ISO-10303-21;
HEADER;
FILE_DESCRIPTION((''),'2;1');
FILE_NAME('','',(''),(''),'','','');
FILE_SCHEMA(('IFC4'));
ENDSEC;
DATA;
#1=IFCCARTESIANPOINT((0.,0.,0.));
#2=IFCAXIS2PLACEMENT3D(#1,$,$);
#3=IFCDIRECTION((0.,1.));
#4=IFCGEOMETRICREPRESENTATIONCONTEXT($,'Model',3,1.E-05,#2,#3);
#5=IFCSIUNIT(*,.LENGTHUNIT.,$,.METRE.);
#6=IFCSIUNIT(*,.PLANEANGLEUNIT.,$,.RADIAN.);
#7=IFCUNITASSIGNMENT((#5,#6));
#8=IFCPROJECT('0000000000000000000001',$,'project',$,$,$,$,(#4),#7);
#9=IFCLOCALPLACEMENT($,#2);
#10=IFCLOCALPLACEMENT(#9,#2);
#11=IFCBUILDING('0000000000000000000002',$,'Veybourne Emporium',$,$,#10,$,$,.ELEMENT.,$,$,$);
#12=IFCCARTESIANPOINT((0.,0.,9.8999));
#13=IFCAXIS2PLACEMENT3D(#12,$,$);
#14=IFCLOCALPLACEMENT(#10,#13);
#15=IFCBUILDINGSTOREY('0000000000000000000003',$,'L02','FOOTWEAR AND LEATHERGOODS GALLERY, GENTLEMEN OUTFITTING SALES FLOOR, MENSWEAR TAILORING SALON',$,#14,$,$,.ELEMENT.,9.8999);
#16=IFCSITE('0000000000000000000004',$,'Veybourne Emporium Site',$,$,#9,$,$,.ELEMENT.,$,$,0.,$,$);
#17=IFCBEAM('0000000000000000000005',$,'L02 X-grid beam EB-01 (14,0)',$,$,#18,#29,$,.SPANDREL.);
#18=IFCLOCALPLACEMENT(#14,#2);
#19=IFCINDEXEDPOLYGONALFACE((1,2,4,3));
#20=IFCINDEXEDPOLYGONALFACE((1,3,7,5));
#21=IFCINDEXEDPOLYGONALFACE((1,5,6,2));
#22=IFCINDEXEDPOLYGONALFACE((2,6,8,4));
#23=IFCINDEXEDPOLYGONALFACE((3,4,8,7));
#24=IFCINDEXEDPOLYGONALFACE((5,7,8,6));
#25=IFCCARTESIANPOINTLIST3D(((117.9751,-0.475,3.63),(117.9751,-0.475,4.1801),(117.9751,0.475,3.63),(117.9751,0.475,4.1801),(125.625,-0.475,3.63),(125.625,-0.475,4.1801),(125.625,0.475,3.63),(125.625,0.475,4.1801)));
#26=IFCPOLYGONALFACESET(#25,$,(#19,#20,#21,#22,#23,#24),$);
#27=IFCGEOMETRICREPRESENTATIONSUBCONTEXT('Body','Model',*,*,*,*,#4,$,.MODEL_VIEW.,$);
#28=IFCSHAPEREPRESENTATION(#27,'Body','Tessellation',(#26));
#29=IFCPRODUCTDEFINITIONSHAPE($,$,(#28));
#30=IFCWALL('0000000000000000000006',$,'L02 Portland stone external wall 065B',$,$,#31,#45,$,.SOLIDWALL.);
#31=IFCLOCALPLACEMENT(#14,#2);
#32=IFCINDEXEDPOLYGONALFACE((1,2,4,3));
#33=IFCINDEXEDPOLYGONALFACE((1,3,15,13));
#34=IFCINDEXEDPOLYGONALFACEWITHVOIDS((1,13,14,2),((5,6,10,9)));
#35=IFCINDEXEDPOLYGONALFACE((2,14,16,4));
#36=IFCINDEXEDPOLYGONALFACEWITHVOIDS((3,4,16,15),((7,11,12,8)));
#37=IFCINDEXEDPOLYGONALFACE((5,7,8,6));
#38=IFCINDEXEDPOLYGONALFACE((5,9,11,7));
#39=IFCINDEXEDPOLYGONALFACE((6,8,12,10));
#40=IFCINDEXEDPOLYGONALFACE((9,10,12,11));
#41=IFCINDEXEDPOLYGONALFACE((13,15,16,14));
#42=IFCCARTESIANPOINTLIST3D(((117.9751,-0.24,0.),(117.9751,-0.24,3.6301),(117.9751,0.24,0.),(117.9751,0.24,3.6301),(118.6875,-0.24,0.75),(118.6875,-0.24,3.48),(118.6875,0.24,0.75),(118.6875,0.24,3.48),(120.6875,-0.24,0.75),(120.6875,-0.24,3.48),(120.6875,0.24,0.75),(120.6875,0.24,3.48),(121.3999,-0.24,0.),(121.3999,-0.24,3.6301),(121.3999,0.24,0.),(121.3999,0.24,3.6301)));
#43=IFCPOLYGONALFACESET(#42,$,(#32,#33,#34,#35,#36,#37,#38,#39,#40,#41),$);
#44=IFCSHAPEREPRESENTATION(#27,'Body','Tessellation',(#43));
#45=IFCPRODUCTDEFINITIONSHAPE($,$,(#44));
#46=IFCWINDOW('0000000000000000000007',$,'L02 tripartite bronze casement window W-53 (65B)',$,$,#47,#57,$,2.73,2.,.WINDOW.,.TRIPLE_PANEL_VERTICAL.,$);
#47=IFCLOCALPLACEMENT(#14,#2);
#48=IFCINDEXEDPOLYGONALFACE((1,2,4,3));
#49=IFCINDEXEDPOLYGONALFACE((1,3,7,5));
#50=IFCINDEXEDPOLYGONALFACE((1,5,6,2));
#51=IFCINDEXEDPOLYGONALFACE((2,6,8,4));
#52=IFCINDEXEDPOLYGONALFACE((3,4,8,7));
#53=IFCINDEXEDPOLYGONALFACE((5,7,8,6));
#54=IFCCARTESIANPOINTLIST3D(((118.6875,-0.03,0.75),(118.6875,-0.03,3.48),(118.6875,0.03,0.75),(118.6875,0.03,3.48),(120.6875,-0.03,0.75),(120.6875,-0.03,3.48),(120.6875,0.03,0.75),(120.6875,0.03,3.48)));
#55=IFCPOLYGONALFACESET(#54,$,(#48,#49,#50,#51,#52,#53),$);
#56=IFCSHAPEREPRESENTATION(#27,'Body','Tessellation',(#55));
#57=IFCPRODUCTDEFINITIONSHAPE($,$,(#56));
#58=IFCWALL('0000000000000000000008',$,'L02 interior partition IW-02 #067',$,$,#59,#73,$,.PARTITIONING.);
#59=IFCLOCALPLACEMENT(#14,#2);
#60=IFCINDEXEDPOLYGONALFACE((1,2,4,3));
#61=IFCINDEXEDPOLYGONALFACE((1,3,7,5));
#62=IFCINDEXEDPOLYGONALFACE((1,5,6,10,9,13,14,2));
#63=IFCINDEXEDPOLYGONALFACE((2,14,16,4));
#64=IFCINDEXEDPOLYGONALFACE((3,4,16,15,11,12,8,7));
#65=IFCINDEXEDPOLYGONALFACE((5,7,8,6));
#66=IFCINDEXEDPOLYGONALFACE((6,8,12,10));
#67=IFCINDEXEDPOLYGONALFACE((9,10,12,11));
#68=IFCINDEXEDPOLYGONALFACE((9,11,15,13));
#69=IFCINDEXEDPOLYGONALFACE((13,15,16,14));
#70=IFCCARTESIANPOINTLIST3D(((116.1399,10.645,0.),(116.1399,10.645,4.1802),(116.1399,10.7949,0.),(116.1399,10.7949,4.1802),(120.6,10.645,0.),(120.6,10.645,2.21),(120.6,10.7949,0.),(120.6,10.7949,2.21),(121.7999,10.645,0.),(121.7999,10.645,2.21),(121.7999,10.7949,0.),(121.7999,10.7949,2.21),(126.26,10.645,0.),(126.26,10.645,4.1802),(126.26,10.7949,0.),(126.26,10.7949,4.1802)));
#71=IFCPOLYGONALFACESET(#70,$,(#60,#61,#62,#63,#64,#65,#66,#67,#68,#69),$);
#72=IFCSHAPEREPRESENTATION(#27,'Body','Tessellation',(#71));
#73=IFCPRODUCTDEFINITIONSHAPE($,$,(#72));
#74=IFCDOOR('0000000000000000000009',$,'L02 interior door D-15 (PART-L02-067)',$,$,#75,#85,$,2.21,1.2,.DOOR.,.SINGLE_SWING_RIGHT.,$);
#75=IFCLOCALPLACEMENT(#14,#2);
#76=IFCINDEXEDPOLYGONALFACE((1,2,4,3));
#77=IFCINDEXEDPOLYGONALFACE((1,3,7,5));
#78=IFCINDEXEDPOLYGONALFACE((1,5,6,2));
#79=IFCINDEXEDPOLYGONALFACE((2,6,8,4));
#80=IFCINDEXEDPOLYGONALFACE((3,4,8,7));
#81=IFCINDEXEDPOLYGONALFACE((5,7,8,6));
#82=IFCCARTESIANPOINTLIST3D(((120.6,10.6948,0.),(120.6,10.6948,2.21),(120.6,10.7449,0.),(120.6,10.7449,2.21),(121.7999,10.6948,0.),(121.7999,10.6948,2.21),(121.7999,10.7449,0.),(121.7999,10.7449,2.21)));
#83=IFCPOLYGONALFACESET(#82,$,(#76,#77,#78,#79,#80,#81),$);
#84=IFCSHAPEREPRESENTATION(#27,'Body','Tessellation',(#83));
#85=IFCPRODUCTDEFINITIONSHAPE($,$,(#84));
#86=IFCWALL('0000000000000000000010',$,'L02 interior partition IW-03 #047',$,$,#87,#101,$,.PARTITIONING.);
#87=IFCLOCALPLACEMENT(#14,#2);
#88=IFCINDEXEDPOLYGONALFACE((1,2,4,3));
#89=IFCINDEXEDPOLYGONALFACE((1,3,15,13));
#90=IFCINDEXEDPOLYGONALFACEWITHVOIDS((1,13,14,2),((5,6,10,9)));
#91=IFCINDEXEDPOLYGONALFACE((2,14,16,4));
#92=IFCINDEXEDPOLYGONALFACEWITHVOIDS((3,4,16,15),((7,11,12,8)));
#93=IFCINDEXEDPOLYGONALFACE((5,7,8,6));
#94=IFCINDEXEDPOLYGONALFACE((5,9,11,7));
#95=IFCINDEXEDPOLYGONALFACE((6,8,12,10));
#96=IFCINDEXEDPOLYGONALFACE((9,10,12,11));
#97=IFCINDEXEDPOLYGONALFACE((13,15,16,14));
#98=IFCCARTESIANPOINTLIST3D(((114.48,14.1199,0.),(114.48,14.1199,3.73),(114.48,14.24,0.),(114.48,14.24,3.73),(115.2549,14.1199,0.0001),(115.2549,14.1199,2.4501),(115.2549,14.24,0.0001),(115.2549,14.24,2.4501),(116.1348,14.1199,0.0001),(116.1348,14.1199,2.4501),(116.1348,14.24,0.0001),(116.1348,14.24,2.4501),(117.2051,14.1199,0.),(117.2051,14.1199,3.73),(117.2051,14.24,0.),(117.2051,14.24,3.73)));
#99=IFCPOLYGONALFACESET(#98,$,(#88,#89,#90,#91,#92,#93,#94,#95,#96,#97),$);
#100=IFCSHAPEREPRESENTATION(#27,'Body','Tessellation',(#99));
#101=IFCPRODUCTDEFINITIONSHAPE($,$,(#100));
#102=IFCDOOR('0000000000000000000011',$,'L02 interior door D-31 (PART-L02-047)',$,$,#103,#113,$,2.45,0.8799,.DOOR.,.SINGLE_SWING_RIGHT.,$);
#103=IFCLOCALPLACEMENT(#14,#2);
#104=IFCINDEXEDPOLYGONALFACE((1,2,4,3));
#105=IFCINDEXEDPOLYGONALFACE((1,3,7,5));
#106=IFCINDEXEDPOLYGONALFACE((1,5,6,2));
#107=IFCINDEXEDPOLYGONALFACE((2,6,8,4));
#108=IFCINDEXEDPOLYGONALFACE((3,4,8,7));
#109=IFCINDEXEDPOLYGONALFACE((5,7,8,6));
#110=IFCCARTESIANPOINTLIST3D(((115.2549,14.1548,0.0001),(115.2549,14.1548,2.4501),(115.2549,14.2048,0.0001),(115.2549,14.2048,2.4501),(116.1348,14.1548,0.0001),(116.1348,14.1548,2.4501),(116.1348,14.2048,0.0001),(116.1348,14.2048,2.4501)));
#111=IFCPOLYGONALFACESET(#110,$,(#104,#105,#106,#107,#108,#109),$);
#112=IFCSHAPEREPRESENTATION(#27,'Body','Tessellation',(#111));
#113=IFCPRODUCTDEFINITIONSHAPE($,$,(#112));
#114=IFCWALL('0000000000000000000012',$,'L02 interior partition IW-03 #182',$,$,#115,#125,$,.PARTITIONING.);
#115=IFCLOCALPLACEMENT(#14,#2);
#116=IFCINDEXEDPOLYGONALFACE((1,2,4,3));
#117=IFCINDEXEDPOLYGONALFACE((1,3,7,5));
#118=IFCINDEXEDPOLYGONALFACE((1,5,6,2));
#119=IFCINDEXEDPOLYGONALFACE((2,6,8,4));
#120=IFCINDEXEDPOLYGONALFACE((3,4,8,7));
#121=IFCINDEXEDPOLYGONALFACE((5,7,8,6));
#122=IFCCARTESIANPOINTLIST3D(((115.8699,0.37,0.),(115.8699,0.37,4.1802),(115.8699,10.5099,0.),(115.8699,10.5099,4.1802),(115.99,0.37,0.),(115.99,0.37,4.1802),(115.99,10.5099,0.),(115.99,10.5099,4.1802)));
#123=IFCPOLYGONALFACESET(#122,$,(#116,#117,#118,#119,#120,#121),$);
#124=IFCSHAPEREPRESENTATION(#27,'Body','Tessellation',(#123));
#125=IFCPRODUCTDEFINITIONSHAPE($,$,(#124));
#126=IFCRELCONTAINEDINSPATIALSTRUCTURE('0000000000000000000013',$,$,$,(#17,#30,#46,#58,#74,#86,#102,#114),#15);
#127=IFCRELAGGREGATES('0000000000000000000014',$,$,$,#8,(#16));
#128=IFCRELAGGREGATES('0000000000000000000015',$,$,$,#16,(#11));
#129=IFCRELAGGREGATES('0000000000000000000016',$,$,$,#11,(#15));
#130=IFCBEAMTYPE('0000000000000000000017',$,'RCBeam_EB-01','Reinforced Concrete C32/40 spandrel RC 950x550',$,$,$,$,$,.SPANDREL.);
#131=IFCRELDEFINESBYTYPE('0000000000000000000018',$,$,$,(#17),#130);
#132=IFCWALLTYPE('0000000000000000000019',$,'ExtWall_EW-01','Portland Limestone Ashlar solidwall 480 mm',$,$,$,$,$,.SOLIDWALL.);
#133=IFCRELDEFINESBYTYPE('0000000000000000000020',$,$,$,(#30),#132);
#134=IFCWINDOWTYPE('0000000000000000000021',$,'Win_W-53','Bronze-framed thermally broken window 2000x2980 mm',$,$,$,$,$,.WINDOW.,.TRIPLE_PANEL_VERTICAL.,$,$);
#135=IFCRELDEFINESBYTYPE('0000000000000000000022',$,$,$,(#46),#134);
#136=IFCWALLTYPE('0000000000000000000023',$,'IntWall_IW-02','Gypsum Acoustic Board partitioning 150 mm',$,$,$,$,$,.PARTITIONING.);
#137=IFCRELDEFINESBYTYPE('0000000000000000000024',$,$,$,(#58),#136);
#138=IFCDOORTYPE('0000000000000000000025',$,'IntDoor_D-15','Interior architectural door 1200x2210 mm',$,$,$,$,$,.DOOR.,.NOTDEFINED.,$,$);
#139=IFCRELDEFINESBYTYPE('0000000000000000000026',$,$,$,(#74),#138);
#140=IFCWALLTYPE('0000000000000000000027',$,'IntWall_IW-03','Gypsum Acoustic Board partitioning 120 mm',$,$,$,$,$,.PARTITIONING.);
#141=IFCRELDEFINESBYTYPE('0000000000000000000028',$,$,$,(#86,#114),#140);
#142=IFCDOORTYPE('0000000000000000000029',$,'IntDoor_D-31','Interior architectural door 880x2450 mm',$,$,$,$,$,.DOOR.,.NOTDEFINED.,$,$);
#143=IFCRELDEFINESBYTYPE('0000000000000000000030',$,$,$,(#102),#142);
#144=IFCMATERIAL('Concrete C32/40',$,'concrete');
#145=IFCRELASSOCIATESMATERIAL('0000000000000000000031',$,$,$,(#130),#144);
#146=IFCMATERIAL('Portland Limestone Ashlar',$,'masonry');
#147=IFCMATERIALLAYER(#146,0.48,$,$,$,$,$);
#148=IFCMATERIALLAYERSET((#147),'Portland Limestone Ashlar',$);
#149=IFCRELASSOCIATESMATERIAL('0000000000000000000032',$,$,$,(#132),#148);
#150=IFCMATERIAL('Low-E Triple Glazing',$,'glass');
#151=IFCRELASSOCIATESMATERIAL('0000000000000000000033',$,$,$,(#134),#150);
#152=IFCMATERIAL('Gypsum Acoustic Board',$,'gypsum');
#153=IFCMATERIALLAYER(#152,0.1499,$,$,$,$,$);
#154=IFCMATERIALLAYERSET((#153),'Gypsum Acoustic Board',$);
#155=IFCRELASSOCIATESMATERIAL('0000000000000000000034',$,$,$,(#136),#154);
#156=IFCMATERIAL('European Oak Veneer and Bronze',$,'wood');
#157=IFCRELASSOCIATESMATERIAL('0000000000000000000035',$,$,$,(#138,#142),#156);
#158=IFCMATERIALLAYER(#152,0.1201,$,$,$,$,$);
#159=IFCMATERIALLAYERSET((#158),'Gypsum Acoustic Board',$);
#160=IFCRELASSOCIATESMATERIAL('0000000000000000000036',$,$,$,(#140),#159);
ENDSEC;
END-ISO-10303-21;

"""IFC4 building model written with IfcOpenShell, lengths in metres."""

from ifc_helpers import new_model, si_unit, direction, frame, frame_2d, origin, origin_2d, place, context, subcontext, project, spatial, rectangle, extrude, material, layer, layer_set, material_profile, profile_set, type_object, element, fill, save


model = new_model("IFC4")

# Units and contexts
model_context = context("Model", 3, precision=1e-05, world=origin(), true_north=direction((0.0, 1.0)))
body_context = subcontext(model_context, "Body", "Model", "MODEL_VIEW")
ifc_project = project(units=[si_unit("LENGTHUNIT", "METRE"), si_unit("PLANEANGLEUNIT", "RADIAN")], contexts=[model_context])

# Site, building, storey
site_placement = place(None, origin())
site = spatial("IfcSite", under=ifc_project, at=site_placement, Name="Veybourne Emporium Site", CompositionType="ELEMENT", RefElevation=0.0)
building_placement = place(site_placement, origin())
building = spatial("IfcBuilding", under=site, at=building_placement, Name="Veybourne Emporium", CompositionType="ELEMENT")
storey_placement = place(building_placement, frame((0.0, 0.0, 9.8999)))
storey = spatial("IfcBuildingStorey", under=building, at=storey_placement, Name="L02", Description="FOOTWEAR AND LEATHERGOODS GALLERY, GENTLEMEN OUTFITTING SALES FLOOR, MENSWEAR TAILORING SALON", CompositionType="ELEMENT", Elevation=9.8999)

# Beam
ifc_material_1 = material(Name="Concrete C32/40", Category="concrete")
ifc_material_profile_1 = material_profile(ifc_material_1, rectangle(XDim=0.95, YDim=0.55, at=origin_2d()), Name="RC 950x550")
ifc_profile_set_1 = profile_set([ifc_material_profile_1], Name="Concrete C32/40")
beam_type_1 = type_object("IfcBeamType", Name="RCBeam_EB-01", Description="Reinforced Concrete C32/40 spandrel RC 950x550", PredefinedType="SPANDREL", material=ifc_profile_set_1)
beam_1_placement = place(storey_placement, frame((117.9751, 0.0, 3.905), z_axis=(1.0, 0.0, 0.0), x_axis=(0.0, 1.0, 0.0)))
element("IfcBeam", 1, at=beam_1_placement, inside=storey, type_object=beam_type_1, Name="L02 X-grid beam EB-01 (14,0)", PredefinedType="SPANDREL", context=body_context, shape_type="SweptSolid", body=[
    extrude(rectangle(XDim=0.95, YDim=0.55, at=origin_2d()), origin(), (0.0, 0.0, 1.0), 7.6499),
])

# Wall, opening, window
ifc_material_2 = material(Name="Portland Limestone Ashlar", Category="masonry")
ifc_layer_1 = layer(ifc_material_2, 0.48)
ifc_layer_set_1 = layer_set([ifc_layer_1], Name="Portland Limestone Ashlar")
wall_type_1 = type_object("IfcWallType", Name="ExtWall_EW-01", Description="Portland Limestone Ashlar solidwall 480 mm", PredefinedType="SOLIDWALL", material=ifc_layer_set_1)
wall_1_placement = place(storey_placement, frame((121.3999, 0.0, 0.0), z_axis=(0.0, 0.0, 1.0), x_axis=(-1.0, 0.0, 0.0)))
wall_1 = element("IfcWall", 2, at=wall_1_placement, inside=storey, type_object=wall_type_1, Name="L02 Portland stone external wall 065B", PredefinedType="SOLIDWALL", context=body_context, shape_type="SweptSolid", body=[
    extrude(rectangle(XDim=3.4248, YDim=0.48, at=frame_2d((1.7124, 0.0))), origin(), (0.0, 0.0, 1.0), 3.6301),
])
opening_1_placement = place(wall_1_placement, frame((0.7124, 0.0, 0.75)))
opening_1 = element("IfcOpeningElement", 3, at=opening_1_placement, cuts=wall_1, PredefinedType="OPENING", context=body_context, shape_type="SweptSolid", body=[
    extrude(rectangle(XDim=2.0, YDim=2.73, at=frame_2d((1.0, 1.365))), frame((0.0, 0.26, 0.0), z_axis=(0.0, -1.0, 0.0), x_axis=(1.0, 0.0, 0.0)), (0.0, 0.0, 1.0), 0.52),
])
ifc_material_3 = material(Name="Low-E Triple Glazing", Category="glass")
window_type = type_object("IfcWindowType", Name="Win_W-53", Description="Bronze-framed thermally broken window 2000x2980 mm", PartitioningType="TRIPLE_PANEL_VERTICAL", PredefinedType="WINDOW", material=ifc_material_3)
window_placement = place(opening_1_placement, origin())
window = element("IfcWindow", 4, at=window_placement, inside=storey, type_object=window_type, Name="L02 tripartite bronze casement window W-53 (65B)", OverallHeight=2.73, OverallWidth=2.0, PartitioningType="TRIPLE_PANEL_VERTICAL", PredefinedType="WINDOW", context=body_context, shape_type="SweptSolid", body=[
    extrude(rectangle(XDim=2.0, YDim=2.73, at=frame_2d((1.0, 1.365))), frame((0.0, 0.03, 0.0), z_axis=(0.0, -1.0, 0.0), x_axis=(1.0, 0.0, 0.0)), (0.0, 0.0, 1.0), 0.0601),
])
fill(opening_1, window)

# Walls, openings, doors
ifc_material_4 = material(Name="Gypsum Acoustic Board", Category="gypsum")
ifc_layer_2 = layer(ifc_material_4, 0.1499)
ifc_layer_set_2 = layer_set([ifc_layer_2], Name="Gypsum Acoustic Board")
wall_type_2 = type_object("IfcWallType", Name="IntWall_IW-02", Description="Gypsum Acoustic Board partitioning 150 mm", PredefinedType="PARTITIONING", material=ifc_layer_set_2)
wall_2_placement = place(storey_placement, frame((116.1399, 10.72, 0.0), z_axis=(0.0, 0.0, 1.0), x_axis=(1.0, 0.0, 0.0)))
wall_2 = element("IfcWall", 5, at=wall_2_placement, inside=storey, type_object=wall_type_2, Name="L02 interior partition IW-02 #067", PredefinedType="PARTITIONING", context=body_context, shape_type="SweptSolid", body=[
    extrude(rectangle(XDim=10.1201, YDim=0.1499, at=frame_2d((5.0601, 0.0))), origin(), (0.0, 0.0, 1.0), 4.1802),
])
opening_2_placement = place(wall_2_placement, frame((4.46, 0.0, 0.0)))
opening_2 = element("IfcOpeningElement", 6, at=opening_2_placement, cuts=wall_2, PredefinedType="OPENING", context=body_context, shape_type="SweptSolid", body=[
    extrude(rectangle(XDim=1.2, YDim=2.21, at=frame_2d((0.6001, 1.105))), frame((0.0, 0.095, 0.0), z_axis=(0.0, -1.0, 0.0), x_axis=(1.0, 0.0, 0.0)), (0.0, 0.0, 1.0), 0.1899),
])
ifc_material_5 = material(Name="European Oak Veneer and Bronze", Category="wood")
door_type_1 = type_object("IfcDoorType", Name="IntDoor_D-15", Description="Interior architectural door 1200x2210 mm", OperationType="NOTDEFINED", PredefinedType="DOOR", material=ifc_material_5)
door_1_placement = place(opening_2_placement, origin())
door_1 = element("IfcDoor", 7, at=door_1_placement, inside=storey, type_object=door_type_1, Name="L02 interior door D-15 (PART-L02-067)", OperationType="SINGLE_SWING_RIGHT", OverallHeight=2.21, OverallWidth=1.2, PredefinedType="DOOR", context=body_context, shape_type="SweptSolid", body=[
    extrude(rectangle(XDim=1.2, YDim=2.21, at=frame_2d((0.6001, 1.105))), frame((0.0, 0.0249, 0.0), z_axis=(0.0, -1.0, 0.0), x_axis=(1.0, 0.0, 0.0)), (0.0, 0.0, 1.0), 0.05),
])
fill(opening_2, door_1)
ifc_layer_3 = layer(ifc_material_4, 0.1201)
ifc_layer_set_3 = layer_set([ifc_layer_3], Name="Gypsum Acoustic Board")
wall_type_3 = type_object("IfcWallType", Name="IntWall_IW-03", Description="Gypsum Acoustic Board partitioning 120 mm", PredefinedType="PARTITIONING", material=ifc_layer_set_3)
wall_3_placement = place(storey_placement, frame((114.48, 14.1799, 0.0), z_axis=(0.0, 0.0, 1.0), x_axis=(1.0, 0.0, 0.0)))
wall_3 = element("IfcWall", 8, at=wall_3_placement, inside=storey, type_object=wall_type_3, Name="L02 interior partition IW-03 #047", PredefinedType="PARTITIONING", context=body_context, shape_type="SweptSolid", body=[
    extrude(rectangle(XDim=2.7251, YDim=0.1201, at=frame_2d((1.3625, 0.0))), origin(), (0.0, 0.0, 1.0), 3.73),
])
opening_3_placement = place(wall_3_placement, frame((0.7749, 0.0, 0.0)))
opening_3 = element("IfcOpeningElement", 9, at=opening_3_placement, cuts=wall_3, PredefinedType="OPENING", context=body_context, shape_type="SweptSolid", body=[
    extrude(rectangle(XDim=0.8799, YDim=2.45, at=frame_2d((0.4399, 1.2251))), frame((0.0, 0.0801, 0.0), z_axis=(0.0, -1.0, 0.0), x_axis=(1.0, 0.0, 0.0)), (0.0, 0.0, 1.0), 0.1602),
])
door_type_2 = type_object("IfcDoorType", Name="IntDoor_D-31", Description="Interior architectural door 880x2450 mm", OperationType="NOTDEFINED", PredefinedType="DOOR", material=ifc_material_5)
door_2_placement = place(opening_3_placement, origin())
door_2 = element("IfcDoor", 10, at=door_2_placement, inside=storey, type_object=door_type_2, Name="L02 interior door D-31 (PART-L02-047)", OperationType="SINGLE_SWING_RIGHT", OverallHeight=2.45, OverallWidth=0.8799, PredefinedType="DOOR", context=body_context, shape_type="SweptSolid", body=[
    extrude(rectangle(XDim=0.8799, YDim=2.45, at=frame_2d((0.4399, 1.2251))), frame((0.0, 0.0249, 0.0), z_axis=(0.0, -1.0, 0.0), x_axis=(1.0, 0.0, 0.0)), (0.0, 0.0, 1.0), 0.05),
])
fill(opening_3, door_2)

# Wall
wall_4_placement = place(storey_placement, frame((115.9299, 0.3701, 0.0), z_axis=(0.0, 0.0, 1.0), x_axis=(0.0, 1.0, 0.0)))
element("IfcWall", 11, at=wall_4_placement, inside=storey, type_object=wall_type_3, Name="L02 interior partition IW-03 #182", PredefinedType="PARTITIONING", context=body_context, shape_type="SweptSolid", body=[
    extrude(rectangle(XDim=10.1399, YDim=0.1201, at=frame_2d((5.0698, 0.0))), origin(), (0.0, 0.0, 1.0), 4.1802),
])

save(model, "model.ifc")
